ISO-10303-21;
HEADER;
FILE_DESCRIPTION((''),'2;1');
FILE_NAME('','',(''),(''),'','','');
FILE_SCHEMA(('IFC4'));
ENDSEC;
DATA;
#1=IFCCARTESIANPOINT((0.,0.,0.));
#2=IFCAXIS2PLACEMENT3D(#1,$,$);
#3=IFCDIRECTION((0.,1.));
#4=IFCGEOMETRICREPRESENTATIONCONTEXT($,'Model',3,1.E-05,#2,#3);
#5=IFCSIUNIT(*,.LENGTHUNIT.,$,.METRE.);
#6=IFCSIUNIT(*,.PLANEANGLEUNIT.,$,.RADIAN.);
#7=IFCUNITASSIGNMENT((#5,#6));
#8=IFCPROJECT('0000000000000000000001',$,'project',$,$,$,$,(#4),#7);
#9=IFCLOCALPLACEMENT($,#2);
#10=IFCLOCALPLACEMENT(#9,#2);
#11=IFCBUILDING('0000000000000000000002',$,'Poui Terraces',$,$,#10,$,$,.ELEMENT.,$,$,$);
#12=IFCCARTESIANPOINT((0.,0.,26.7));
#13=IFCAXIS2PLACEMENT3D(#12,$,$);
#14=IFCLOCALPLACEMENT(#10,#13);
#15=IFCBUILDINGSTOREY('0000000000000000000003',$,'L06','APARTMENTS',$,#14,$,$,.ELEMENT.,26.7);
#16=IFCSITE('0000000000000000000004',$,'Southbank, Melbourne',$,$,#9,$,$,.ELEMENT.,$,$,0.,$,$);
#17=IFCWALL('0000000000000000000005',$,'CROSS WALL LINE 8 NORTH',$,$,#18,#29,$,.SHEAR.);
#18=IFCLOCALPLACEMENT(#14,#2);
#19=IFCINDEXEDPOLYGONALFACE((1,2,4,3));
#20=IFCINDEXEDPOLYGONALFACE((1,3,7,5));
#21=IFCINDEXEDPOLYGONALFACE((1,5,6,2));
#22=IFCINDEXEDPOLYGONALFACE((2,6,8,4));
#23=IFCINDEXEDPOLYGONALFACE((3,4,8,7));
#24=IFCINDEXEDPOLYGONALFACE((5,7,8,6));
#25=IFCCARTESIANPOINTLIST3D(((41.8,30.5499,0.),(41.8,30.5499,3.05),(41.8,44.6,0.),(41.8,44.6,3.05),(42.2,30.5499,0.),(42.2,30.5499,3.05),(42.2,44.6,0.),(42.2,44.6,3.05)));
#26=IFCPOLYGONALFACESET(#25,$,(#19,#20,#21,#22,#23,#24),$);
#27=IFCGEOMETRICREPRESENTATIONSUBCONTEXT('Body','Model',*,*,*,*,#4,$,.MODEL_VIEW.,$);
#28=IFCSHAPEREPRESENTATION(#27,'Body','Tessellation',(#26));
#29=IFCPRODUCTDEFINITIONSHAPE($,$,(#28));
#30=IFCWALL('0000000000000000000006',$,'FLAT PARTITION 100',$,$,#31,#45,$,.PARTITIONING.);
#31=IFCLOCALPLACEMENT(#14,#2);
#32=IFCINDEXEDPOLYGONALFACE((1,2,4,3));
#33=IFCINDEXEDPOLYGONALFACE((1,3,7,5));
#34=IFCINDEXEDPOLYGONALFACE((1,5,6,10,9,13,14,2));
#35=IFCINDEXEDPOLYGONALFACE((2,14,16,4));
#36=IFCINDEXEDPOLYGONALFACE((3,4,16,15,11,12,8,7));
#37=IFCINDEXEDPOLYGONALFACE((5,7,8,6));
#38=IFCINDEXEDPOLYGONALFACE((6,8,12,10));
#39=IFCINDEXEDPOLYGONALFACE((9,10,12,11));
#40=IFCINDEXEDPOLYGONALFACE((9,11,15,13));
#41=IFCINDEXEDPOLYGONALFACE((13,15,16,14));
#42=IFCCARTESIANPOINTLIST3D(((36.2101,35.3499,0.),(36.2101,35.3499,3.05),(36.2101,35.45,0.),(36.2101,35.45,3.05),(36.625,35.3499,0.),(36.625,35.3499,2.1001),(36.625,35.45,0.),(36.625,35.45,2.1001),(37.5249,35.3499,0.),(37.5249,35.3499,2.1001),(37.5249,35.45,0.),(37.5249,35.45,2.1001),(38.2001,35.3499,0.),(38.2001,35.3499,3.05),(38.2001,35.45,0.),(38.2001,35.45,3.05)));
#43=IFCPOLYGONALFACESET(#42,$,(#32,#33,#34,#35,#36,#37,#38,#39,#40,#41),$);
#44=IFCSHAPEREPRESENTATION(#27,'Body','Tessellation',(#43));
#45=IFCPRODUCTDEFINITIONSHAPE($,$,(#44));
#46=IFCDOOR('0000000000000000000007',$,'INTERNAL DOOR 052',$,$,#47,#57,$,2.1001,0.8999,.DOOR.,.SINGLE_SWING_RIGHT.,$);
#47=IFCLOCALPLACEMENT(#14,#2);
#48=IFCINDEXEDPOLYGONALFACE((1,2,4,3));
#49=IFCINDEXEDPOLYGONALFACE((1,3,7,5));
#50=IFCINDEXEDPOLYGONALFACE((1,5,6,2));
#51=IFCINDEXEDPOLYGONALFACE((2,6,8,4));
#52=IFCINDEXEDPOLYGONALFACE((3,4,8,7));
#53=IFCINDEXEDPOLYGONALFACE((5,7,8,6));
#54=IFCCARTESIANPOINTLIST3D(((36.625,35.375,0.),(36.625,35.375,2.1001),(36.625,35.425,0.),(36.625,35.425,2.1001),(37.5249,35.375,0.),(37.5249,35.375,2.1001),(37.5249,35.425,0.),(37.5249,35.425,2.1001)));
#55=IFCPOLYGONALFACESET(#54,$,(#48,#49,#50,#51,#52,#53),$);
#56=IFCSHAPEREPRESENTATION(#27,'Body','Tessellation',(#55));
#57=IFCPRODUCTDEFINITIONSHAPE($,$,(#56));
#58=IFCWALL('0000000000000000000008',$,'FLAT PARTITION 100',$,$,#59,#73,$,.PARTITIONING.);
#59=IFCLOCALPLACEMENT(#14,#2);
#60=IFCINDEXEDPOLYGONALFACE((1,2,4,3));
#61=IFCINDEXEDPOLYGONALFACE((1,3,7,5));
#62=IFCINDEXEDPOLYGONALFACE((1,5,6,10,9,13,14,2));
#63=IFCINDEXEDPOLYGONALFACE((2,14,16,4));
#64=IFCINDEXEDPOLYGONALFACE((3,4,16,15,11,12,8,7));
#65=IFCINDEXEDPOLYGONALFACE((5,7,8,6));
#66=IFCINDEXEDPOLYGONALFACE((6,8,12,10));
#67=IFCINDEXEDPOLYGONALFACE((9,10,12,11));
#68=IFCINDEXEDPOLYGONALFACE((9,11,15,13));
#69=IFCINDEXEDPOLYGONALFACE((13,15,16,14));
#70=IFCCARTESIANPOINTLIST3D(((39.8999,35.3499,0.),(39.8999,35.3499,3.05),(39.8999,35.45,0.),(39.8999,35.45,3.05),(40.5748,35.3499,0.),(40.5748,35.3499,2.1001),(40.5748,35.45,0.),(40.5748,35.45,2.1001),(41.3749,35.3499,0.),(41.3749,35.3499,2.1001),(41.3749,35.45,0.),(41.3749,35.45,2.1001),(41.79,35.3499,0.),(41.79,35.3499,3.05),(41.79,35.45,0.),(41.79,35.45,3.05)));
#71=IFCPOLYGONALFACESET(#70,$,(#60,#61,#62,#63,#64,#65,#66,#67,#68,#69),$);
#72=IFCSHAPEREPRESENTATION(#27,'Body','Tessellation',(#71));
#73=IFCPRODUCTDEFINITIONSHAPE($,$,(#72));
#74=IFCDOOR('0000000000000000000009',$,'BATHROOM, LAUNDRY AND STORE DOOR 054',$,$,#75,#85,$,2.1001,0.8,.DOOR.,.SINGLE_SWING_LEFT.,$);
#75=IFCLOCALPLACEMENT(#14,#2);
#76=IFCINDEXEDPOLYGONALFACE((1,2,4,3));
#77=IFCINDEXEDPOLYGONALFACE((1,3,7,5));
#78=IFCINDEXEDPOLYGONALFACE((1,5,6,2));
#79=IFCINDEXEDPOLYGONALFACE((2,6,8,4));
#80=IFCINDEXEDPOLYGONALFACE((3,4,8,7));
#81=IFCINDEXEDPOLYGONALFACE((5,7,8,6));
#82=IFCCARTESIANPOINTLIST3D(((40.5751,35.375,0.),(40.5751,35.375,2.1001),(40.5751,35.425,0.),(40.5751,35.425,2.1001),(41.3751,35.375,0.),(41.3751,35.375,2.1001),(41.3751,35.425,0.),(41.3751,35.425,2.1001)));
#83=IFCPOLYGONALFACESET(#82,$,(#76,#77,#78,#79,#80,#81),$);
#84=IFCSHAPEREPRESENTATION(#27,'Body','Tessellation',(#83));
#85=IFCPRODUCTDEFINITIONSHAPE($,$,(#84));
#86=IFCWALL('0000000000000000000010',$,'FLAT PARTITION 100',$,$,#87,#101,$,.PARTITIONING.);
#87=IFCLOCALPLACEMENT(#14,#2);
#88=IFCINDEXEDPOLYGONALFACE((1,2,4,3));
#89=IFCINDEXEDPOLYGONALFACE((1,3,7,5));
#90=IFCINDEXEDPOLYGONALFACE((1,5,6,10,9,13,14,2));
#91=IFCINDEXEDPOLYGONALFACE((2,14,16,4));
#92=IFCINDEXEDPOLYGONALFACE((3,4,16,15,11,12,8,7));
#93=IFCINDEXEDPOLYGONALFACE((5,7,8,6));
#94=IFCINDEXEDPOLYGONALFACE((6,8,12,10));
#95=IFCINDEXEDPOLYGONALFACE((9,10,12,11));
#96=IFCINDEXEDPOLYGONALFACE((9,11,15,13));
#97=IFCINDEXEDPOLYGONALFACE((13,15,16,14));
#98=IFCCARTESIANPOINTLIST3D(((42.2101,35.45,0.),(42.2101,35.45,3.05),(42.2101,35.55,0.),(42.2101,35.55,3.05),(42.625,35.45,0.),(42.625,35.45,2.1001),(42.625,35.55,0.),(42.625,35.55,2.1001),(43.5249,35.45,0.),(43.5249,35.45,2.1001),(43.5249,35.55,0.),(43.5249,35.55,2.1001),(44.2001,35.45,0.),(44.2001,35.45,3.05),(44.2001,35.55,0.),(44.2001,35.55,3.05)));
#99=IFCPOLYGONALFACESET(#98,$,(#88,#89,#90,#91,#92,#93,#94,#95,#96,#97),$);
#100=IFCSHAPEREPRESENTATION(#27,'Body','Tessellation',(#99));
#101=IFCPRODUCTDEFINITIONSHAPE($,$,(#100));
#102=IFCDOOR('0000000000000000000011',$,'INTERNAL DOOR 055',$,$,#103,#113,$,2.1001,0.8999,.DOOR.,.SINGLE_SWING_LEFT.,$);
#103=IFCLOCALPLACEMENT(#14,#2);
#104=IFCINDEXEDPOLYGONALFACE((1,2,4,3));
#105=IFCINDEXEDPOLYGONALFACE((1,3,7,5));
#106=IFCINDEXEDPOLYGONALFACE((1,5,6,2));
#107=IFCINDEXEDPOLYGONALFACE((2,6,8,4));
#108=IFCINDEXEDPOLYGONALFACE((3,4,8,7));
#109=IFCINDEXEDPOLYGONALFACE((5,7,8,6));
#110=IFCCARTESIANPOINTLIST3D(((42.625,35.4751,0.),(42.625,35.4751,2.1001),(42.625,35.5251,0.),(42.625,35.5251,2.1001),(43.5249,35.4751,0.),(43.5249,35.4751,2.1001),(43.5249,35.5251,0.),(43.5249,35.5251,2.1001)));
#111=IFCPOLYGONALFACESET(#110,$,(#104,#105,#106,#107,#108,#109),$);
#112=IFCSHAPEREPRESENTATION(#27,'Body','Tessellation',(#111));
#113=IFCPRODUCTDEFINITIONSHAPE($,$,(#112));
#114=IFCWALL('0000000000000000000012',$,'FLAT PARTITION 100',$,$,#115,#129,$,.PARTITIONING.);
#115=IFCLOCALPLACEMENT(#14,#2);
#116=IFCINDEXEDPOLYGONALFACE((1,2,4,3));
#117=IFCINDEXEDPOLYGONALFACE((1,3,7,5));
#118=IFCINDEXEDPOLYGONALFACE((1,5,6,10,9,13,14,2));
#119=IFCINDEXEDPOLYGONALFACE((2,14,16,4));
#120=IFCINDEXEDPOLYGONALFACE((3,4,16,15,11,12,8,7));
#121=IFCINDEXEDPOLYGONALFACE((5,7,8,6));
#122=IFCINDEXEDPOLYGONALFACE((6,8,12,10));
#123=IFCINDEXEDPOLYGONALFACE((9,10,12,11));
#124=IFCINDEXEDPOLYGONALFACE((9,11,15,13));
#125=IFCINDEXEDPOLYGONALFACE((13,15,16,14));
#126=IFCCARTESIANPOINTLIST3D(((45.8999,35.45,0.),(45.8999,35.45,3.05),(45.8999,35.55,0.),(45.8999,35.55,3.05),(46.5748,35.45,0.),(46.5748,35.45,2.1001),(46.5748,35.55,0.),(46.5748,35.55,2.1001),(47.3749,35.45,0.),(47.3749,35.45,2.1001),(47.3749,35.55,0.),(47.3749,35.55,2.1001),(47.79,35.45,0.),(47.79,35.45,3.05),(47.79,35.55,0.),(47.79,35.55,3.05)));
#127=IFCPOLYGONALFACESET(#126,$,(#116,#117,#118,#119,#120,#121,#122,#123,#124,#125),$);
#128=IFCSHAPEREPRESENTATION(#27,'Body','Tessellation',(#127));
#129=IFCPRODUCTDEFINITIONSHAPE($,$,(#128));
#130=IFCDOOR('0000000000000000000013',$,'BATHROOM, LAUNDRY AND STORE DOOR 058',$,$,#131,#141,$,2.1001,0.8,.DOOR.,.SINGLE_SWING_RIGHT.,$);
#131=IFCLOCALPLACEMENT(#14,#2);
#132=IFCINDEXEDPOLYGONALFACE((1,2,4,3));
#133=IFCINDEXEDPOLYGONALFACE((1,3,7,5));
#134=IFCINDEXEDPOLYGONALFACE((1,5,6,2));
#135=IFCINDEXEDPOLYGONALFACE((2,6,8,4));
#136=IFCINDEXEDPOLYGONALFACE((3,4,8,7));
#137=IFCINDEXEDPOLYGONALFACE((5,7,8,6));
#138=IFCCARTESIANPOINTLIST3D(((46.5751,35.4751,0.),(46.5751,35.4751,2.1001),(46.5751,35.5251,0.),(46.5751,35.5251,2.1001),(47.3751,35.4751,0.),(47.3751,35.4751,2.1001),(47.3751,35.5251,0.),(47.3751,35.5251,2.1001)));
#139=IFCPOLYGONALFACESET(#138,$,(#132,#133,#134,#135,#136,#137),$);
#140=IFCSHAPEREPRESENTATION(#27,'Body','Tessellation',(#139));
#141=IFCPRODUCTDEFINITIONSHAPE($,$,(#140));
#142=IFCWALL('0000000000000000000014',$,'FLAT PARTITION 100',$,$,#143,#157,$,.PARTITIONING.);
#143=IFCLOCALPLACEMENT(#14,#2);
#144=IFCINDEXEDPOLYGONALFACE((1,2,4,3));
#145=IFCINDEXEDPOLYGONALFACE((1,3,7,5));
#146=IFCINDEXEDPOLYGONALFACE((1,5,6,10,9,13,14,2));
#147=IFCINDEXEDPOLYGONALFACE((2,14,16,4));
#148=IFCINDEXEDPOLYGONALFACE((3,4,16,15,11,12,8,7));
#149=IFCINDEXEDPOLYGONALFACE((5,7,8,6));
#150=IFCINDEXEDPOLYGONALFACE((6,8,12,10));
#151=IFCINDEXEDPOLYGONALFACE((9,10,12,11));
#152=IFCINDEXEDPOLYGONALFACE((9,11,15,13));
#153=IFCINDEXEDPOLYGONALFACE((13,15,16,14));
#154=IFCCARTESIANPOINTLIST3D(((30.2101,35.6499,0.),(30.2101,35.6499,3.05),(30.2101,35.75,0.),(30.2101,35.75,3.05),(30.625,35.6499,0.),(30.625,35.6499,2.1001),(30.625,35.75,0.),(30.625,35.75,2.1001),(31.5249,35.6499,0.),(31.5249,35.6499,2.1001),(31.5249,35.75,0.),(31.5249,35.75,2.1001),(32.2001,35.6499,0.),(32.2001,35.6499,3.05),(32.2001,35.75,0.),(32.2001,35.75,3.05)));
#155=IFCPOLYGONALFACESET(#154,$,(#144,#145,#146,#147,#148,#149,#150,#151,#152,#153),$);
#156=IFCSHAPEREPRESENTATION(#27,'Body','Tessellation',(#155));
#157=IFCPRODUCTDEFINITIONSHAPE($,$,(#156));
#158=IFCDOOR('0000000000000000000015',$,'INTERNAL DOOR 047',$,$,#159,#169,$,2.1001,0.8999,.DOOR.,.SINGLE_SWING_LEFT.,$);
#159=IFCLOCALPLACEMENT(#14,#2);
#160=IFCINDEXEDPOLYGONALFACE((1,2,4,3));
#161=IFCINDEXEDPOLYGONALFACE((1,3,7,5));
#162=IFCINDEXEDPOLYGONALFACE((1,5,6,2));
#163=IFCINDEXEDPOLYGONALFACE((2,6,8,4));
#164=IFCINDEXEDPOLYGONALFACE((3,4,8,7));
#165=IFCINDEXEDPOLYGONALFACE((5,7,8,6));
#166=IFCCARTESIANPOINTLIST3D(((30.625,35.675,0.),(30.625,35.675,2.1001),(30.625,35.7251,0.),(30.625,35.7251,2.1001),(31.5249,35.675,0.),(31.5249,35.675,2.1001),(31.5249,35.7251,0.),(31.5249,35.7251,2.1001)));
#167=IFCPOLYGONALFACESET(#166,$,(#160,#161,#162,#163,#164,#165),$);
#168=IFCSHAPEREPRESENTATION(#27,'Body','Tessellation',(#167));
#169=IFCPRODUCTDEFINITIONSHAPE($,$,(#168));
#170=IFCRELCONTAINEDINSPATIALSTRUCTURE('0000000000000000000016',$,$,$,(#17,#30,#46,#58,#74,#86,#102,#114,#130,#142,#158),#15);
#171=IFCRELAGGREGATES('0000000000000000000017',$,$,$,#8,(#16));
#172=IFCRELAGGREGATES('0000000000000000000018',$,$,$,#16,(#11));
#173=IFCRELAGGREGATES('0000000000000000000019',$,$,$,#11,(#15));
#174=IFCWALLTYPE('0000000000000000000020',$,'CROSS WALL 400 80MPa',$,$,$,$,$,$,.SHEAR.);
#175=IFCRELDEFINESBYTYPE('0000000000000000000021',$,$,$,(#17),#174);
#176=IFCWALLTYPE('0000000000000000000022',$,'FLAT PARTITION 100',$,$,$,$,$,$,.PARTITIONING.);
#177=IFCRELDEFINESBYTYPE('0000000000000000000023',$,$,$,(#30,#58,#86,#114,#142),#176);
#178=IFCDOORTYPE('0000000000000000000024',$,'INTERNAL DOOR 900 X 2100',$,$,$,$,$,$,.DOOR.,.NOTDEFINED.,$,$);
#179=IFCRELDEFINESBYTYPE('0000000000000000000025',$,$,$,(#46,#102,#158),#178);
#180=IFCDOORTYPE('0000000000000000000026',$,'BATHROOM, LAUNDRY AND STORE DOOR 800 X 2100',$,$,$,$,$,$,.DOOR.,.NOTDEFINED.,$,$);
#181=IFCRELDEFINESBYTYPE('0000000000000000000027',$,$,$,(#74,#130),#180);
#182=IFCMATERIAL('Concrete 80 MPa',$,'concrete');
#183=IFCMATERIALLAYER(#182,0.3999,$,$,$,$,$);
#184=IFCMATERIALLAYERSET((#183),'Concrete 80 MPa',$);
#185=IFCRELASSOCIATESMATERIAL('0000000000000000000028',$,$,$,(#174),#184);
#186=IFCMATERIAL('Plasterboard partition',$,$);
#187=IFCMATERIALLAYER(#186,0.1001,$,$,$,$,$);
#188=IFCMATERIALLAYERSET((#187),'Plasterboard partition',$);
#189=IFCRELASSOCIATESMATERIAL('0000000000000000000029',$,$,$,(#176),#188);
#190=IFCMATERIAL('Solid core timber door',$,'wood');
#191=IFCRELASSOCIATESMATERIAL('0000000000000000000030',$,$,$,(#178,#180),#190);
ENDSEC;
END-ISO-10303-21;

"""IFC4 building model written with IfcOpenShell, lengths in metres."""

from ifc_helpers import new_model, si_unit, direction, frame, frame_2d, origin, place, context, subcontext, project, spatial, rectangle, extrude, material, layer, layer_set, type_object, element, fill, save


model = new_model("IFC4")

# Units and contexts
model_context = context("Model", 3, precision=1e-05, world=origin(), true_north=direction((0.0, 1.0)))
body_context = subcontext(model_context, "Body", "Model", "MODEL_VIEW")
ifc_project = project(units=[si_unit("LENGTHUNIT", "METRE"), si_unit("PLANEANGLEUNIT", "RADIAN")], contexts=[model_context])

# Site, building, storey
site_placement = place(None, origin())
site = spatial("IfcSite", under=ifc_project, at=site_placement, Name="Southbank, Melbourne", CompositionType="ELEMENT", RefElevation=0.0)
building_placement = place(site_placement, origin())
building = spatial("IfcBuilding", under=site, at=building_placement, Name="Poui Terraces", CompositionType="ELEMENT")
storey_placement = place(building_placement, frame((0.0, 0.0, 26.7)))
storey = spatial("IfcBuildingStorey", under=building, at=storey_placement, Name="L06", Description="APARTMENTS", CompositionType="ELEMENT", Elevation=26.7)

# Wall
ifc_material_1 = material(Name="Concrete 80 MPa", Category="concrete")
ifc_layer_1 = layer(ifc_material_1, 0.3999)
ifc_layer_set_1 = layer_set([ifc_layer_1], Name="Concrete 80 MPa")
wall_type_1 = type_object("IfcWallType", Name="CROSS WALL 400 80MPa", PredefinedType="SHEAR", material=ifc_layer_set_1)
wall_1_placement = place(storey_placement, frame((42.0, 30.55, 0.0), z_axis=(0.0, 0.0, 1.0), x_axis=(0.0, 1.0, 0.0)))
element("IfcWall", 1, at=wall_1_placement, inside=storey, type_object=wall_type_1, Name="CROSS WALL LINE 8 NORTH", PredefinedType="SHEAR", context=body_context, shape_type="SweptSolid", body=[
    extrude(rectangle(XDim=14.05, YDim=0.3999, at=frame_2d((7.0249, 0.0))), origin(), (0.0, 0.0, 1.0), 3.05),
])

# Walls, openings, doors
ifc_material_2 = material(Name="Plasterboard partition")
ifc_layer_2 = layer(ifc_material_2, 0.1001)
ifc_layer_set_2 = layer_set([ifc_layer_2], Name="Plasterboard partition")
wall_type_2 = type_object("IfcWallType", Name="FLAT PARTITION 100", PredefinedType="PARTITIONING", material=ifc_layer_set_2)
wall_2_placement = place(storey_placement, frame((36.21, 35.3999, 0.0), z_axis=(0.0, 0.0, 1.0), x_axis=(1.0, 0.0, 0.0)))
wall_2 = element("IfcWall", 2, at=wall_2_placement, inside=storey, type_object=wall_type_2, Name="FLAT PARTITION 100", PredefinedType="PARTITIONING", context=body_context, shape_type="SweptSolid", body=[
    extrude(rectangle(XDim=1.99, YDim=0.1001, at=frame_2d((0.9951, 0.0))), origin(), (0.0, 0.0, 1.0), 3.05),
])
opening_1_placement = place(wall_2_placement, frame((0.415, 0.0, 0.0)))
opening_1 = element("IfcOpeningElement", 3, at=opening_1_placement, cuts=wall_2, PredefinedType="OPENING", context=body_context, shape_type="SweptSolid", body=[
    extrude(rectangle(XDim=0.8999, YDim=2.1001, at=frame_2d((0.45, 1.05))), frame((0.0, 0.0601, 0.0), z_axis=(0.0, -1.0, 0.0), x_axis=(1.0, 0.0, 0.0)), (0.0, 0.0, 1.0), 0.1201),
])
ifc_material_3 = material(Name="Solid core timber door", Category="wood")
door_type_1 = type_object("IfcDoorType", Name="INTERNAL DOOR 900 X 2100", OperationType="NOTDEFINED", PredefinedType="DOOR", material=ifc_material_3)
door_1_placement = place(opening_1_placement, frame((0.8999, 0.0, 0.0), z_axis=(0.0, 0.0, 1.0), x_axis=(-1.0, 0.0, 0.0)))
door_1 = element("IfcDoor", 4, at=door_1_placement, inside=storey, type_object=door_type_1, Name="INTERNAL DOOR 052", OperationType="SINGLE_SWING_RIGHT", OverallHeight=2.1001, OverallWidth=0.8999, PredefinedType="DOOR", context=body_context, shape_type="SweptSolid", body=[
    extrude(rectangle(XDim=0.8999, YDim=2.1001, at=frame_2d((0.45, 1.05))), frame((0.0, 0.0249, 0.0), z_axis=(0.0, -1.0, 0.0), x_axis=(1.0, 0.0, 0.0)), (0.0, 0.0, 1.0), 0.05),
])
fill(opening_1, door_1)
wall_3_placement = place(storey_placement, frame((39.8999, 35.3999, 0.0), z_axis=(0.0, 0.0, 1.0), x_axis=(1.0, 0.0, 0.0)))
wall_3 = element("IfcWall", 5, at=wall_3_placement, inside=storey, type_object=wall_type_2, Name="FLAT PARTITION 100", PredefinedType="PARTITIONING", context=body_context, shape_type="SweptSolid", body=[
    extrude(rectangle(XDim=1.8901, YDim=0.1001, at=frame_2d((0.9451, 0.0))), origin(), (0.0, 0.0, 1.0), 3.05),
])
opening_2_placement = place(wall_3_placement, frame((0.675, 0.0, 0.0)))
opening_2 = element("IfcOpeningElement", 6, at=opening_2_placement, cuts=wall_3, PredefinedType="OPENING", context=body_context, shape_type="SweptSolid", body=[
    extrude(rectangle(XDim=0.8, YDim=2.1001, at=frame_2d((0.3999, 1.05))), frame((0.0, 0.0601, 0.0), z_axis=(0.0, -1.0, 0.0), x_axis=(1.0, 0.0, 0.0)), (0.0, 0.0, 1.0), 0.1201),
])
door_type_2 = type_object("IfcDoorType", Name="BATHROOM, LAUNDRY AND STORE DOOR 800 X 2100", OperationType="NOTDEFINED", PredefinedType="DOOR", material=ifc_material_3)
door_2_placement = place(opening_2_placement, frame((0.8, 0.0, 0.0), z_axis=(0.0, 0.0, 1.0), x_axis=(-1.0, 0.0, 0.0)))
door_2 = element("IfcDoor", 7, at=door_2_placement, inside=storey, type_object=door_type_2, Name="BATHROOM, LAUNDRY AND STORE DOOR 054", OperationType="SINGLE_SWING_LEFT", OverallHeight=2.1001, OverallWidth=0.8, PredefinedType="DOOR", context=body_context, shape_type="SweptSolid", body=[
    extrude(rectangle(XDim=0.8, YDim=2.1001, at=frame_2d((0.3999, 1.05))), frame((0.0, 0.0249, 0.0), z_axis=(0.0, -1.0, 0.0), x_axis=(1.0, 0.0, 0.0)), (0.0, 0.0, 1.0), 0.05),
])
fill(opening_2, door_2)
wall_4_placement = place(storey_placement, frame((42.21, 35.5, 0.0), z_axis=(0.0, 0.0, 1.0), x_axis=(1.0, 0.0, 0.0)))
wall_4 = element("IfcWall", 8, at=wall_4_placement, inside=storey, type_object=wall_type_2, Name="FLAT PARTITION 100", PredefinedType="PARTITIONING", context=body_context, shape_type="SweptSolid", body=[
    extrude(rectangle(XDim=1.99, YDim=0.1001, at=frame_2d((0.9951, 0.0))), origin(), (0.0, 0.0, 1.0), 3.05),
])
opening_3_placement = place(wall_4_placement, frame((0.415, 0.0, 0.0)))
opening_3 = element("IfcOpeningElement", 9, at=opening_3_placement, cuts=wall_4, PredefinedType="OPENING", context=body_context, shape_type="SweptSolid", body=[
    extrude(rectangle(XDim=0.8999, YDim=2.1001, at=frame_2d((0.45, 1.05))), frame((0.0, 0.0601, 0.0), z_axis=(0.0, -1.0, 0.0), x_axis=(1.0, 0.0, 0.0)), (0.0, 0.0, 1.0), 0.1201),
])
door_3_placement = place(opening_3_placement, frame((0.8999, 0.0, 0.0), z_axis=(0.0, 0.0, 1.0), x_axis=(-1.0, 0.0, 0.0)))
door_3 = element("IfcDoor", 10, at=door_3_placement, inside=storey, type_object=door_type_1, Name="INTERNAL DOOR 055", OperationType="SINGLE_SWING_LEFT", OverallHeight=2.1001, OverallWidth=0.8999, PredefinedType="DOOR", context=body_context, shape_type="SweptSolid", body=[
    extrude(rectangle(XDim=0.8999, YDim=2.1001, at=frame_2d((0.45, 1.05))), frame((0.0, 0.0249, 0.0), z_axis=(0.0, -1.0, 0.0), x_axis=(1.0, 0.0, 0.0)), (0.0, 0.0, 1.0), 0.05),
])
fill(opening_3, door_3)
wall_5_placement = place(storey_placement, frame((45.8999, 35.5, 0.0), z_axis=(0.0, 0.0, 1.0), x_axis=(1.0, 0.0, 0.0)))
wall_5 = element("IfcWall", 11, at=wall_5_placement, inside=storey, type_object=wall_type_2, Name="FLAT PARTITION 100", PredefinedType="PARTITIONING", context=body_context, shape_type="SweptSolid", body=[
    extrude(rectangle(XDim=1.8901, YDim=0.1001, at=frame_2d((0.9451, 0.0))), origin(), (0.0, 0.0, 1.0), 3.05),
])
opening_4_placement = place(wall_5_placement, frame((0.675, 0.0, 0.0)))
opening_4 = element("IfcOpeningElement", 12, at=opening_4_placement, cuts=wall_5, PredefinedType="OPENING", context=body_context, shape_type="SweptSolid", body=[
    extrude(rectangle(XDim=0.8, YDim=2.1001, at=frame_2d((0.3999, 1.05))), frame((0.0, 0.0601, 0.0), z_axis=(0.0, -1.0, 0.0), x_axis=(1.0, 0.0, 0.0)), (0.0, 0.0, 1.0), 0.1201),
])
door_4_placement = place(opening_4_placement, frame((0.8, 0.0, 0.0), z_axis=(0.0, 0.0, 1.0), x_axis=(-1.0, 0.0, 0.0)))
door_4 = element("IfcDoor", 13, at=door_4_placement, inside=storey, type_object=door_type_2, Name="BATHROOM, LAUNDRY AND STORE DOOR 058", OperationType="SINGLE_SWING_RIGHT", OverallHeight=2.1001, OverallWidth=0.8, PredefinedType="DOOR", context=body_context, shape_type="SweptSolid", body=[
    extrude(rectangle(XDim=0.8, YDim=2.1001, at=frame_2d((0.3999, 1.05))), frame((0.0, 0.0249, 0.0), z_axis=(0.0, -1.0, 0.0), x_axis=(1.0, 0.0, 0.0)), (0.0, 0.0, 1.0), 0.05),
])
fill(opening_4, door_4)
wall_6_placement = place(storey_placement, frame((30.21, 35.7, 0.0), z_axis=(0.0, 0.0, 1.0), x_axis=(1.0, 0.0, 0.0)))
wall_6 = element("IfcWall", 14, at=wall_6_placement, inside=storey, type_object=wall_type_2, Name="FLAT PARTITION 100", PredefinedType="PARTITIONING", context=body_context, shape_type="SweptSolid", body=[
    extrude(rectangle(XDim=1.99, YDim=0.1001, at=frame_2d((0.9951, 0.0))), origin(), (0.0, 0.0, 1.0), 3.05),
])
opening_5_placement = place(wall_6_placement, frame((0.415, 0.0, 0.0)))
opening_5 = element("IfcOpeningElement", 15, at=opening_5_placement, cuts=wall_6, PredefinedType="OPENING", context=body_context, shape_type="SweptSolid", body=[
    extrude(rectangle(XDim=0.8999, YDim=2.1001, at=frame_2d((0.45, 1.05))), frame((0.0, 0.0601, 0.0), z_axis=(0.0, -1.0, 0.0), x_axis=(1.0, 0.0, 0.0)), (0.0, 0.0, 1.0), 0.1201),
])
door_5_placement = place(opening_5_placement, frame((0.8999, 0.0, 0.0), z_axis=(0.0, 0.0, 1.0), x_axis=(-1.0, 0.0, 0.0)))
door_5 = element("IfcDoor", 16, at=door_5_placement, inside=storey, type_object=door_type_1, Name="INTERNAL DOOR 047", OperationType="SINGLE_SWING_LEFT", OverallHeight=2.1001, OverallWidth=0.8999, PredefinedType="DOOR", context=body_context, shape_type="SweptSolid", body=[
    extrude(rectangle(XDim=0.8999, YDim=2.1001, at=frame_2d((0.45, 1.05))), frame((0.0, 0.0249, 0.0), z_axis=(0.0, -1.0, 0.0), x_axis=(1.0, 0.0, 0.0)), (0.0, 0.0, 1.0), 0.05),
])
fill(opening_5, door_5)

save(model, "model.ifc")
